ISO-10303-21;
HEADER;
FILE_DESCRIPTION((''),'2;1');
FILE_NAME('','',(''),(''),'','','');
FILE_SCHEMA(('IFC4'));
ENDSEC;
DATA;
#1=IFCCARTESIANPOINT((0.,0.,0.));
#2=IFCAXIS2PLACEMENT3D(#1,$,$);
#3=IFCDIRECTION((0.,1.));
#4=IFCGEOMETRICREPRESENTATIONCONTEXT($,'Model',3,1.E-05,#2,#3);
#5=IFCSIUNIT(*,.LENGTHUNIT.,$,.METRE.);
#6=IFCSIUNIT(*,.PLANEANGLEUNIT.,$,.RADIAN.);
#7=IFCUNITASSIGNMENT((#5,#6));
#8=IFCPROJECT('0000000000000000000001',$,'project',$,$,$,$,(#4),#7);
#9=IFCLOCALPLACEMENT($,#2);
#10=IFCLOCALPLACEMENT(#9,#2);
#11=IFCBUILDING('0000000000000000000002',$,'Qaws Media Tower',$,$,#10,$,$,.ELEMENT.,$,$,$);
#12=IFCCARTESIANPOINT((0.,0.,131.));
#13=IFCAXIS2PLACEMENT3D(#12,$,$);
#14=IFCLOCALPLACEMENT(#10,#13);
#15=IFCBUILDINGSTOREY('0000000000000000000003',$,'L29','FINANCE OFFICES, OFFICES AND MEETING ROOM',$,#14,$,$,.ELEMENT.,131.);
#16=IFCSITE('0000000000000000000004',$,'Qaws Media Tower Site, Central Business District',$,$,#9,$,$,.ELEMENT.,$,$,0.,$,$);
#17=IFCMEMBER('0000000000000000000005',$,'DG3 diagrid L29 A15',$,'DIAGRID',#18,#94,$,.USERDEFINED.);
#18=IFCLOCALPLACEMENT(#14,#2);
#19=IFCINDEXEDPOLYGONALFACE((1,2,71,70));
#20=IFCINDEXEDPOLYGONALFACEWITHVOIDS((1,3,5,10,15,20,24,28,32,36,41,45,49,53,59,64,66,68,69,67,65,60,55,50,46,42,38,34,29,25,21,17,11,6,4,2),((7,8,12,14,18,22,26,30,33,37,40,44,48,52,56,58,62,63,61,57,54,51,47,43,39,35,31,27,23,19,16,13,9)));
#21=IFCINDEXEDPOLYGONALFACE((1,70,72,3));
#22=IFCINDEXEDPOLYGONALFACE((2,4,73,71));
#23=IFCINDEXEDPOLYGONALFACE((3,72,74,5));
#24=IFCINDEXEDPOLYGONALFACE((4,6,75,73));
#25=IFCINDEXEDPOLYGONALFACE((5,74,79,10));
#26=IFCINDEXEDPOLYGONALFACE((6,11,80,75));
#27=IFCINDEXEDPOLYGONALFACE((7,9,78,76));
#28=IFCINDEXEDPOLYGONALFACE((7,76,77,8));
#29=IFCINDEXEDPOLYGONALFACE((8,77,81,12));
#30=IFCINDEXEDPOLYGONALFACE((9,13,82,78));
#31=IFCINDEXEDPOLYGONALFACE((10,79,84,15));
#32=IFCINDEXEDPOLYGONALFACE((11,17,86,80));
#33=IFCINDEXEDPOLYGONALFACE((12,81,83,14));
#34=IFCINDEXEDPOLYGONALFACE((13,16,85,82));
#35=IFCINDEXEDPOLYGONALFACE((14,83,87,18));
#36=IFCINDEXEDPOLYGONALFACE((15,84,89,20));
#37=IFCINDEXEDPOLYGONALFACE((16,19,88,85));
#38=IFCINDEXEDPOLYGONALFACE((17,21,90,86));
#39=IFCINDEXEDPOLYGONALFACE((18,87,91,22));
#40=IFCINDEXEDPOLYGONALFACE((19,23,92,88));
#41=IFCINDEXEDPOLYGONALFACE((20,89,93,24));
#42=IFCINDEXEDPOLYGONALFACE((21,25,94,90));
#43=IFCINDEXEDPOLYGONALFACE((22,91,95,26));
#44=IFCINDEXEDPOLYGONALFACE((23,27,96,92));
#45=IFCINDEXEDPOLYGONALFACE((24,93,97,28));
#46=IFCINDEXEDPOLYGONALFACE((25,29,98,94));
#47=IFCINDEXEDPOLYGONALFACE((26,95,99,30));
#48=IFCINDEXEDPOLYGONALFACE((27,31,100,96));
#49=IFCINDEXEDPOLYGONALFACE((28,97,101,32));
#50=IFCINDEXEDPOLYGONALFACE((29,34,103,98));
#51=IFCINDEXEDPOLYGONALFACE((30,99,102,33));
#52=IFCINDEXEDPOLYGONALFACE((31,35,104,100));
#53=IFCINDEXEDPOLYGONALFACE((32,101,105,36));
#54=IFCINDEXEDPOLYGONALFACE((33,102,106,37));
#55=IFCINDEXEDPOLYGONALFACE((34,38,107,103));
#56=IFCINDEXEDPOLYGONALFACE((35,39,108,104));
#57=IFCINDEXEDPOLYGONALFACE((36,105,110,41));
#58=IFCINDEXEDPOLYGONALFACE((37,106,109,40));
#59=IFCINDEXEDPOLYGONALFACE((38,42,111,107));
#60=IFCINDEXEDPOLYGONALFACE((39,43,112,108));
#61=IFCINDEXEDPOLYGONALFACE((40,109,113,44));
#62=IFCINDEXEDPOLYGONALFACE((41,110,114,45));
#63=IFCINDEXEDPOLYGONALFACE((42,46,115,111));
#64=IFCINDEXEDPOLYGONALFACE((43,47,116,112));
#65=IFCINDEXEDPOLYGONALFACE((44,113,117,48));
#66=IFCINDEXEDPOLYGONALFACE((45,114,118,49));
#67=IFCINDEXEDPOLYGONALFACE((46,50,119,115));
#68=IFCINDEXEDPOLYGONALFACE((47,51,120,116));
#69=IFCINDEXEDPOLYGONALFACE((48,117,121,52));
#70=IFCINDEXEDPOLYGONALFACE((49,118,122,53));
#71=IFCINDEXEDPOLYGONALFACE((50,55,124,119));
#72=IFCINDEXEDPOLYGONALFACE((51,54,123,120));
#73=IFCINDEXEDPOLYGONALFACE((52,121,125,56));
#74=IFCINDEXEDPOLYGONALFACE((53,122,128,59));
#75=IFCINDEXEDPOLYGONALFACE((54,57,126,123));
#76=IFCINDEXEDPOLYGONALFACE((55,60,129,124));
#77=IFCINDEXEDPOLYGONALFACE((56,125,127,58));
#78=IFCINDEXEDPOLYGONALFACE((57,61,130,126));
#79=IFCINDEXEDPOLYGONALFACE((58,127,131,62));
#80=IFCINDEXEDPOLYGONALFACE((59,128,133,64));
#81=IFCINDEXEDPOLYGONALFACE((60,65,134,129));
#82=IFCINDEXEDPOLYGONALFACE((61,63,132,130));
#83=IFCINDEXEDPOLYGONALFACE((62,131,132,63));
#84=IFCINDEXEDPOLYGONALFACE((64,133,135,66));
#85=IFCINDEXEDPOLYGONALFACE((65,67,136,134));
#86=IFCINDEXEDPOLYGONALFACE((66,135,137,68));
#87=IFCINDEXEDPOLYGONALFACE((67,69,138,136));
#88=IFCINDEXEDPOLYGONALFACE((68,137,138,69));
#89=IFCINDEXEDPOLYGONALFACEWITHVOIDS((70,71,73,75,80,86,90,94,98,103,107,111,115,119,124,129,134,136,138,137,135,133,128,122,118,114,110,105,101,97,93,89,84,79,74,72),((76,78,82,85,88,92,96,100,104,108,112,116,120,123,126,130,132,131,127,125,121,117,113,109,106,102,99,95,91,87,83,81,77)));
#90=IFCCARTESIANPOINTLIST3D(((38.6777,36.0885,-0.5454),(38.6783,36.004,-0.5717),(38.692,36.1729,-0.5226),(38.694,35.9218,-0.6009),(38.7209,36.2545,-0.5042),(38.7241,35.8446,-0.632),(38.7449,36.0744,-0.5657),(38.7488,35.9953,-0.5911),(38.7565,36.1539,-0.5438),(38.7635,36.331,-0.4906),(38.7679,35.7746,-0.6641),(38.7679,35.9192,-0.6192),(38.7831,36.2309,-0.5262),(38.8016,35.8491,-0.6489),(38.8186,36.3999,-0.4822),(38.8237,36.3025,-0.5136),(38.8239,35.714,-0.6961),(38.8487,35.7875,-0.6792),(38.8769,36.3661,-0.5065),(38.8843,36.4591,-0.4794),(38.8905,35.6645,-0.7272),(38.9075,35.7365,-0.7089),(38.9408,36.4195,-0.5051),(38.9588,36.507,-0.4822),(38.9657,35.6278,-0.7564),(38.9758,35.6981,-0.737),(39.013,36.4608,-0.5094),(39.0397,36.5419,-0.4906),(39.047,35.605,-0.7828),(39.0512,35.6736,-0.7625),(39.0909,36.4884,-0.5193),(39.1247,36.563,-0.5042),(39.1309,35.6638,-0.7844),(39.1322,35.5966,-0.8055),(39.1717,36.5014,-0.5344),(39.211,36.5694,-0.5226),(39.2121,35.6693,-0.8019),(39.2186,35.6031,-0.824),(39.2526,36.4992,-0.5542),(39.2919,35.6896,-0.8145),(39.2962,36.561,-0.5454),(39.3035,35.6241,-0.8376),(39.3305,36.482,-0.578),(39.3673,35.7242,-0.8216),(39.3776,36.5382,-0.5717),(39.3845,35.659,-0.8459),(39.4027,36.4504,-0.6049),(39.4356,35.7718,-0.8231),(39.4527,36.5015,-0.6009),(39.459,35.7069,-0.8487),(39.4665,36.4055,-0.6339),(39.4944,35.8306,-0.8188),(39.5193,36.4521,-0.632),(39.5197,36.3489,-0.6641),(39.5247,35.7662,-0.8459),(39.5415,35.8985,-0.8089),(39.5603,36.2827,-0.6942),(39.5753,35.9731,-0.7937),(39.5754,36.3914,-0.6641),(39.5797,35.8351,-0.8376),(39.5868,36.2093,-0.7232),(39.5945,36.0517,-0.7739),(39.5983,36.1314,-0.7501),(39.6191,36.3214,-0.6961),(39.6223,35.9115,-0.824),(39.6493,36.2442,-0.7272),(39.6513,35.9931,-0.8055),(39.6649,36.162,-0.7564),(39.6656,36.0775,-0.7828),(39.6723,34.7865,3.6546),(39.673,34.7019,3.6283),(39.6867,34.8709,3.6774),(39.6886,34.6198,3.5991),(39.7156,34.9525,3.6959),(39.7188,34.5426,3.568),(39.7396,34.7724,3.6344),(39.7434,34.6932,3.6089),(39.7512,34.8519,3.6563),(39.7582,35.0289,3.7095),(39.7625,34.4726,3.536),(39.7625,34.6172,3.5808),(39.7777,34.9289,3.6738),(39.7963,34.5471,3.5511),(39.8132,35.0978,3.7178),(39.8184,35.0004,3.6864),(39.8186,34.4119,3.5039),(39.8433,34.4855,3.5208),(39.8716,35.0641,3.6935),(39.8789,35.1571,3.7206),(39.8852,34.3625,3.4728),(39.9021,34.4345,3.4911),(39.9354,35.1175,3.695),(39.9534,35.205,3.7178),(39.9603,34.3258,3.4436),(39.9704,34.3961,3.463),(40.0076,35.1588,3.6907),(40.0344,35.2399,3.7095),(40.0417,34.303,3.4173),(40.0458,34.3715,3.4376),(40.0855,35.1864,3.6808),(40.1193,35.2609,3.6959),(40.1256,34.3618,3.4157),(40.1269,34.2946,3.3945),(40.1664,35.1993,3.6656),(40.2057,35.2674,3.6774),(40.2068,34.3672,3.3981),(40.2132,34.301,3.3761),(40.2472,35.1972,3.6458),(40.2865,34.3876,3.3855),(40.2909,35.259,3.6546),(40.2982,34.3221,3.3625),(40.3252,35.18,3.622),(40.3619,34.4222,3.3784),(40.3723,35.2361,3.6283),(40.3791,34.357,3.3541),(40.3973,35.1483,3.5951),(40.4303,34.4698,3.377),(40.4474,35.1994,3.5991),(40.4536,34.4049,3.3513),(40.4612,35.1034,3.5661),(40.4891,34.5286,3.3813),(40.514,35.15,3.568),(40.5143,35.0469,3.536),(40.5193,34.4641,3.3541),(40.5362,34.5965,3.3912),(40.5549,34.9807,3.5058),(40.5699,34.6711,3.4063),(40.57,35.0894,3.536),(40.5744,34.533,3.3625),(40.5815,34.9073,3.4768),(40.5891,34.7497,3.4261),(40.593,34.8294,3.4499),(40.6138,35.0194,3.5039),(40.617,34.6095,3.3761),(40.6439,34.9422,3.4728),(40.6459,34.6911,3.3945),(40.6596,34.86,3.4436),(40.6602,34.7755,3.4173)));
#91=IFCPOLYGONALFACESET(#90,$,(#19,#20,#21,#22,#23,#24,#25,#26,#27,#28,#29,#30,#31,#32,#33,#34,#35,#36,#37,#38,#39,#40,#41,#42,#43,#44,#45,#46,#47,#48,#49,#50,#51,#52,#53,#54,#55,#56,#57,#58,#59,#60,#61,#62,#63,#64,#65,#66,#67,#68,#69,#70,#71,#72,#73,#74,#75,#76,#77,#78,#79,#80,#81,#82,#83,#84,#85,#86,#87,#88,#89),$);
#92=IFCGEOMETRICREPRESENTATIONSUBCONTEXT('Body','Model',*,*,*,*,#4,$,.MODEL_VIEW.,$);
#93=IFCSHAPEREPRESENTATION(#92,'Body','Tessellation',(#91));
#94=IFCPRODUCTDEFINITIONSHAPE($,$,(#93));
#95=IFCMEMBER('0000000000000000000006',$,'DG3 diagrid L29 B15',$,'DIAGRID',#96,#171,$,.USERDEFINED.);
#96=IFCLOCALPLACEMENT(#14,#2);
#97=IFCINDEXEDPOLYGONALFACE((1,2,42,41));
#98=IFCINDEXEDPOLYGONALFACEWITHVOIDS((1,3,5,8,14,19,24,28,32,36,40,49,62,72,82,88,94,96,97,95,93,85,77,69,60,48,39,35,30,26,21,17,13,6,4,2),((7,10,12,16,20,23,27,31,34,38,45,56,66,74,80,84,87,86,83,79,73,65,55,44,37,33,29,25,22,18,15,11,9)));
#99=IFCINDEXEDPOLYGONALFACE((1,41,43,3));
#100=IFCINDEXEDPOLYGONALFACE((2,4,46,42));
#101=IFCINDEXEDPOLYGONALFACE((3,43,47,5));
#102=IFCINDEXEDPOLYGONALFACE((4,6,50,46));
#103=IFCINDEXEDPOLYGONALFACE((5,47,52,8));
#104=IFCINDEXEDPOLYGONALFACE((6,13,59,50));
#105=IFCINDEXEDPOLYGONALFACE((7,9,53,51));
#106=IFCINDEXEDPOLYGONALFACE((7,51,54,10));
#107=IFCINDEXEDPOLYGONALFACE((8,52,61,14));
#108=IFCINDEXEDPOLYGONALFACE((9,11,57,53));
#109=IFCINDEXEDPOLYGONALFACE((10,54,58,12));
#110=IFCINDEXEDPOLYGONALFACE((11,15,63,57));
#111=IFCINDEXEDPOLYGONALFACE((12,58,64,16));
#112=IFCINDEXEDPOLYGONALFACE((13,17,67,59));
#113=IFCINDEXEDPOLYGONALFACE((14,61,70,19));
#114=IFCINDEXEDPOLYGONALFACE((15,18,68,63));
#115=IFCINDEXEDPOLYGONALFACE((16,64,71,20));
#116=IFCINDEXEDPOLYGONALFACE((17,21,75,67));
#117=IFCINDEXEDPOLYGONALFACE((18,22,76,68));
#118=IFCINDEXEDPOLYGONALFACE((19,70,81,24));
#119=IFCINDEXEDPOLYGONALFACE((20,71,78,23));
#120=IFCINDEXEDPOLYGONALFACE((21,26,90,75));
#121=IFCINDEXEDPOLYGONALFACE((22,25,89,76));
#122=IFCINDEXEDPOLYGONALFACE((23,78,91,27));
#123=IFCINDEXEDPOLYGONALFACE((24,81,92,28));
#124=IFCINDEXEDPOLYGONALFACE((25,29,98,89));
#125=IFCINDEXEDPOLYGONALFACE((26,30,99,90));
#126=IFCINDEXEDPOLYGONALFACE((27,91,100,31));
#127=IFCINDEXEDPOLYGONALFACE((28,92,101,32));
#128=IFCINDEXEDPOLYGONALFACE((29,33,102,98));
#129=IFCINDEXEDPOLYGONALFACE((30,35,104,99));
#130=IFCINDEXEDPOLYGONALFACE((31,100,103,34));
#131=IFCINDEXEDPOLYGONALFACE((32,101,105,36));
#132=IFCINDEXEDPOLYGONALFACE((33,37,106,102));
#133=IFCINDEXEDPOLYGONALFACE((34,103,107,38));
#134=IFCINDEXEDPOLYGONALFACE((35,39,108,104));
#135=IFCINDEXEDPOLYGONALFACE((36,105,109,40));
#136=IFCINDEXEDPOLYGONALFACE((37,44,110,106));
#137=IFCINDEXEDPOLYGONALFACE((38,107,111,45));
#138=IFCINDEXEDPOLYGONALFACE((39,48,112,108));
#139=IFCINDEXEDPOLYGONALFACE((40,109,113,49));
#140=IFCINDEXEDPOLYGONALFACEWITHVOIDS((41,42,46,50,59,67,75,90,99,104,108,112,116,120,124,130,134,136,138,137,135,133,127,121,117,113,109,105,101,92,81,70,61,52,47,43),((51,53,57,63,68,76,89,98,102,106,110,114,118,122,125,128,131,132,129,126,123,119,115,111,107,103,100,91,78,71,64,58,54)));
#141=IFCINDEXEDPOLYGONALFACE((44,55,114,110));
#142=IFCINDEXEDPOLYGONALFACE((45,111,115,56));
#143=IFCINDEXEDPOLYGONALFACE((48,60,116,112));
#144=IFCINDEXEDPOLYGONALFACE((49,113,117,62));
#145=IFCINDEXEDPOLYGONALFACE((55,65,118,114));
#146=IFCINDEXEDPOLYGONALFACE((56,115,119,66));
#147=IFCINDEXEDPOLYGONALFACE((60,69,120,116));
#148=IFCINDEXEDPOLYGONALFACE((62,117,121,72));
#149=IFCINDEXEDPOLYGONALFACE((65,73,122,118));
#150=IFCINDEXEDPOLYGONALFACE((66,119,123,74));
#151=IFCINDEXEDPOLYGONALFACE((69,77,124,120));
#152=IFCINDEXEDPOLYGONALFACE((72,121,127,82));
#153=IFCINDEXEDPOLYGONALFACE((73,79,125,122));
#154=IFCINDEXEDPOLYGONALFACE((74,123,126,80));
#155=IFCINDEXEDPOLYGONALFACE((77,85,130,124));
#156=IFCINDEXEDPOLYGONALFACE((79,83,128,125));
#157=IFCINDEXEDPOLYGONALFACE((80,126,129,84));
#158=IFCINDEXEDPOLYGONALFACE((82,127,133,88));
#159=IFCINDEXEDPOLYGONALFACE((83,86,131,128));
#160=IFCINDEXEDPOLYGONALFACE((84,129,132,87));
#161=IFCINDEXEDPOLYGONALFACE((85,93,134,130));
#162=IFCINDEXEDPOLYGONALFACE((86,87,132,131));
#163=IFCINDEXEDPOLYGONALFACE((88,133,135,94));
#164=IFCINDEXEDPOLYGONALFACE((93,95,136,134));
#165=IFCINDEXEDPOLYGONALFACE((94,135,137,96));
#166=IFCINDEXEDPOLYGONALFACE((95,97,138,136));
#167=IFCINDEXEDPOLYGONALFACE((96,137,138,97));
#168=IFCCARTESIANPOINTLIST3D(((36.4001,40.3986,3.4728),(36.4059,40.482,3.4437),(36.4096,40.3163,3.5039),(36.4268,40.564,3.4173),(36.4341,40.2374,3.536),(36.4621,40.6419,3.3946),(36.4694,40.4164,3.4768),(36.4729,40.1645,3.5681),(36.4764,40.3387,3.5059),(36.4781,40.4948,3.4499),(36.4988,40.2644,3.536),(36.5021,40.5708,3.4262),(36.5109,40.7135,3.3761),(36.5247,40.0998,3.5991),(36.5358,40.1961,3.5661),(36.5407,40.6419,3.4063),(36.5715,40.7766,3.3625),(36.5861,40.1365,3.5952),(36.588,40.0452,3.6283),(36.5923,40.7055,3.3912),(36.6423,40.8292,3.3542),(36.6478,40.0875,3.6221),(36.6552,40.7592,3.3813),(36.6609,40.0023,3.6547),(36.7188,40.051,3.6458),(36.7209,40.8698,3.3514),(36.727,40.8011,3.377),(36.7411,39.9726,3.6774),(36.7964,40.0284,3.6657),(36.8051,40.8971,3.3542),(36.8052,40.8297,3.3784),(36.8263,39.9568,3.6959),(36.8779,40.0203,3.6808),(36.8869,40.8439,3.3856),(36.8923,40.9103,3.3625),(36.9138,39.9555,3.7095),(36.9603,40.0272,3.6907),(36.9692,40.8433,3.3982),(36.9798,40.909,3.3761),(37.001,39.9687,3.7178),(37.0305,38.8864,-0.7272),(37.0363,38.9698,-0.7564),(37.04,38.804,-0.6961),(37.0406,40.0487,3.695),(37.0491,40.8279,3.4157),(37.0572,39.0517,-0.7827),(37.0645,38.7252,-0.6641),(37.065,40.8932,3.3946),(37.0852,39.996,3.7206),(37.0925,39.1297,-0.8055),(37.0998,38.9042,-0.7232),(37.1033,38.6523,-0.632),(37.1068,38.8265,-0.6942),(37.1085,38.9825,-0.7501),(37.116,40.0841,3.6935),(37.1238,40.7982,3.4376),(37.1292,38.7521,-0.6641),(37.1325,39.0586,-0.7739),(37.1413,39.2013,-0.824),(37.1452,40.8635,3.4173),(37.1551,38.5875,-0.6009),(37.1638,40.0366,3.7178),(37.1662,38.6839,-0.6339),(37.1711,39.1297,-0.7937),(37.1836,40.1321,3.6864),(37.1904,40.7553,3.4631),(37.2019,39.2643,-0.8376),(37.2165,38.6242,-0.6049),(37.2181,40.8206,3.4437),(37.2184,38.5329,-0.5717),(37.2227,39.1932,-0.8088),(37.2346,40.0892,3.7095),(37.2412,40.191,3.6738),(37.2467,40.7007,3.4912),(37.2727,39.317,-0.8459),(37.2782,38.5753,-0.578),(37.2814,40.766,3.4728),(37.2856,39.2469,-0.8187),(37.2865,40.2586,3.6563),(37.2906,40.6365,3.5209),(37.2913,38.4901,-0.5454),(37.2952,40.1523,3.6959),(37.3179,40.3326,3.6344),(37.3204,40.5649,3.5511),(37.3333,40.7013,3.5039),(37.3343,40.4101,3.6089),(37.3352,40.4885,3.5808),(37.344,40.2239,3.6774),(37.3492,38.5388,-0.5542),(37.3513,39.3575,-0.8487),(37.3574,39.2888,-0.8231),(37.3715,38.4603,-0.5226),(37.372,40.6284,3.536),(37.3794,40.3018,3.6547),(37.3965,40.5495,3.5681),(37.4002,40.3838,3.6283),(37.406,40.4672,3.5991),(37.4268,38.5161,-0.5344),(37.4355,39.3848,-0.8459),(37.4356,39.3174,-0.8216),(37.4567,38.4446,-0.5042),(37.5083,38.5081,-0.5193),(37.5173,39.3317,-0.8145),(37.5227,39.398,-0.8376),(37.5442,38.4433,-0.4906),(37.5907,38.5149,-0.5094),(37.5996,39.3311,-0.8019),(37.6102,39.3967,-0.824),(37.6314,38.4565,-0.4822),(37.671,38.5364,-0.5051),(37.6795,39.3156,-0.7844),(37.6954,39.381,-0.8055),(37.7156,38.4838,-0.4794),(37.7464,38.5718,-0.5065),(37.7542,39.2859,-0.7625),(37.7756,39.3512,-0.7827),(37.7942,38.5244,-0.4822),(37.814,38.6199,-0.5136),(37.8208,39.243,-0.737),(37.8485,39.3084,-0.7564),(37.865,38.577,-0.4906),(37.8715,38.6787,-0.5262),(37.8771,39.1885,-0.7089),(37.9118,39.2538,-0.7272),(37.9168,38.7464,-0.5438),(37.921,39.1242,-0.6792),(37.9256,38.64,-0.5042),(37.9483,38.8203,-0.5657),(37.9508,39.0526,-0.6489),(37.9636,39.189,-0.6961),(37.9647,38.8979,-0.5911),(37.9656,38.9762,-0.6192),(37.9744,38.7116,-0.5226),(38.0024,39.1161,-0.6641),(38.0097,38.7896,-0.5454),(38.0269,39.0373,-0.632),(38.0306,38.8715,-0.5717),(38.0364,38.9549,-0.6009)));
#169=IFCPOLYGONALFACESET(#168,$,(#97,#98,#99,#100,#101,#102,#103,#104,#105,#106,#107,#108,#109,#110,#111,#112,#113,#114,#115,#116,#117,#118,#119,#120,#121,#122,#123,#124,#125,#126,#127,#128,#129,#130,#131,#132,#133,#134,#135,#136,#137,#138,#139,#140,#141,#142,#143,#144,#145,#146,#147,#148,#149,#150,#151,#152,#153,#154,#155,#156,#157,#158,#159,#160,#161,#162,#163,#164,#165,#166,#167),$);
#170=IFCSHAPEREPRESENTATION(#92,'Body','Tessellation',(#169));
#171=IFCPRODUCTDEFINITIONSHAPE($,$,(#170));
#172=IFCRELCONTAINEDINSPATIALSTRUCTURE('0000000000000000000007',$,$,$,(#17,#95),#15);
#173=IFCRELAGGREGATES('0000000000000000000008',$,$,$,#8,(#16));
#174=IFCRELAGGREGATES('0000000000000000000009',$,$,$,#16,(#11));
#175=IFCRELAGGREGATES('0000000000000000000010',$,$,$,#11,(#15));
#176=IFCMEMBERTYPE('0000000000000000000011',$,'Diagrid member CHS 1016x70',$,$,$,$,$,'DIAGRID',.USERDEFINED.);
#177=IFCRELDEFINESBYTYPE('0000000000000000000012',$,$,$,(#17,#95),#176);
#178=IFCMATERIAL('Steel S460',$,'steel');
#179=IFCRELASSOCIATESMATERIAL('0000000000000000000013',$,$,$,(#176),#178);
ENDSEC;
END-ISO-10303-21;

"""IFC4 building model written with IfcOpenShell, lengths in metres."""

from ifc_helpers import new_model, si_unit, direction, frame, origin, origin_2d, place, context, subcontext, project, spatial, hollow_circle, extrude, material, material_profile, profile_set, type_object, element, save


model = new_model("IFC4")

# Units and contexts
model_context = context("Model", 3, precision=1e-05, world=origin(), true_north=direction((0.0, 1.0)))
body_context = subcontext(model_context, "Body", "Model", "MODEL_VIEW")
ifc_project = project(units=[si_unit("LENGTHUNIT", "METRE"), si_unit("PLANEANGLEUNIT", "RADIAN")], contexts=[model_context])

# Site, building, storey
site_placement = place(None, origin())
site = spatial("IfcSite", under=ifc_project, at=site_placement, Name="Qaws Media Tower Site, Central Business District", CompositionType="ELEMENT", RefElevation=0.0)
building_placement = place(site_placement, origin())
building = spatial("IfcBuilding", under=site, at=building_placement, Name="Qaws Media Tower", CompositionType="ELEMENT")
storey_placement = place(building_placement, frame((0.0, 0.0, 131.0)))
storey = spatial("IfcBuildingStorey", under=building, at=storey_placement, Name="L29", Description="FINANCE OFFICES, OFFICES AND MEETING ROOM", CompositionType="ELEMENT", Elevation=131.0)

# Members
ifc_material_1 = material(Name="Steel S460", Category="steel")
ifc_material_profile_1 = material_profile(ifc_material_1, hollow_circle(Radius=0.5081, WallThickness=0.0701, at=origin_2d()), Name="CHS 1016x70")
ifc_profile_set_1 = profile_set([ifc_material_profile_1], Name="Steel S460")
member_type_1 = type_object("IfcMemberType", Name="Diagrid member CHS 1016x70", ElementType="DIAGRID", PredefinedType="USERDEFINED", material=ifc_profile_set_1)
for number, where, z_axis, x_axis, name in (
    (1, (39.1716, 36.083, -0.6641), (0.220625, -0.288806, 0.93162), (0.794658, 0.607057, 0.0), "DG3 diagrid L29 A15"),
    (2, (37.5334, 38.9207, -0.6641), (-0.139828, 0.335436, 0.931628), (-0.923015, -0.384764, 0.0), "DG3 diagrid L29 B15"),
):
    element("IfcMember", number, at=place(storey_placement, frame(where, z_axis=z_axis, x_axis=x_axis)), inside=storey, type_object=member_type_1, Name=name, ObjectType="DIAGRID", PredefinedType="USERDEFINED", context=body_context, shape_type="SweptSolid", body=[
        extrude(hollow_circle(Radius=0.5081, WallThickness=0.0701, at=origin_2d()), origin(), (0.0, 0.0, 1.0), 4.5083),
    ])

save(model, "model.ifc")
